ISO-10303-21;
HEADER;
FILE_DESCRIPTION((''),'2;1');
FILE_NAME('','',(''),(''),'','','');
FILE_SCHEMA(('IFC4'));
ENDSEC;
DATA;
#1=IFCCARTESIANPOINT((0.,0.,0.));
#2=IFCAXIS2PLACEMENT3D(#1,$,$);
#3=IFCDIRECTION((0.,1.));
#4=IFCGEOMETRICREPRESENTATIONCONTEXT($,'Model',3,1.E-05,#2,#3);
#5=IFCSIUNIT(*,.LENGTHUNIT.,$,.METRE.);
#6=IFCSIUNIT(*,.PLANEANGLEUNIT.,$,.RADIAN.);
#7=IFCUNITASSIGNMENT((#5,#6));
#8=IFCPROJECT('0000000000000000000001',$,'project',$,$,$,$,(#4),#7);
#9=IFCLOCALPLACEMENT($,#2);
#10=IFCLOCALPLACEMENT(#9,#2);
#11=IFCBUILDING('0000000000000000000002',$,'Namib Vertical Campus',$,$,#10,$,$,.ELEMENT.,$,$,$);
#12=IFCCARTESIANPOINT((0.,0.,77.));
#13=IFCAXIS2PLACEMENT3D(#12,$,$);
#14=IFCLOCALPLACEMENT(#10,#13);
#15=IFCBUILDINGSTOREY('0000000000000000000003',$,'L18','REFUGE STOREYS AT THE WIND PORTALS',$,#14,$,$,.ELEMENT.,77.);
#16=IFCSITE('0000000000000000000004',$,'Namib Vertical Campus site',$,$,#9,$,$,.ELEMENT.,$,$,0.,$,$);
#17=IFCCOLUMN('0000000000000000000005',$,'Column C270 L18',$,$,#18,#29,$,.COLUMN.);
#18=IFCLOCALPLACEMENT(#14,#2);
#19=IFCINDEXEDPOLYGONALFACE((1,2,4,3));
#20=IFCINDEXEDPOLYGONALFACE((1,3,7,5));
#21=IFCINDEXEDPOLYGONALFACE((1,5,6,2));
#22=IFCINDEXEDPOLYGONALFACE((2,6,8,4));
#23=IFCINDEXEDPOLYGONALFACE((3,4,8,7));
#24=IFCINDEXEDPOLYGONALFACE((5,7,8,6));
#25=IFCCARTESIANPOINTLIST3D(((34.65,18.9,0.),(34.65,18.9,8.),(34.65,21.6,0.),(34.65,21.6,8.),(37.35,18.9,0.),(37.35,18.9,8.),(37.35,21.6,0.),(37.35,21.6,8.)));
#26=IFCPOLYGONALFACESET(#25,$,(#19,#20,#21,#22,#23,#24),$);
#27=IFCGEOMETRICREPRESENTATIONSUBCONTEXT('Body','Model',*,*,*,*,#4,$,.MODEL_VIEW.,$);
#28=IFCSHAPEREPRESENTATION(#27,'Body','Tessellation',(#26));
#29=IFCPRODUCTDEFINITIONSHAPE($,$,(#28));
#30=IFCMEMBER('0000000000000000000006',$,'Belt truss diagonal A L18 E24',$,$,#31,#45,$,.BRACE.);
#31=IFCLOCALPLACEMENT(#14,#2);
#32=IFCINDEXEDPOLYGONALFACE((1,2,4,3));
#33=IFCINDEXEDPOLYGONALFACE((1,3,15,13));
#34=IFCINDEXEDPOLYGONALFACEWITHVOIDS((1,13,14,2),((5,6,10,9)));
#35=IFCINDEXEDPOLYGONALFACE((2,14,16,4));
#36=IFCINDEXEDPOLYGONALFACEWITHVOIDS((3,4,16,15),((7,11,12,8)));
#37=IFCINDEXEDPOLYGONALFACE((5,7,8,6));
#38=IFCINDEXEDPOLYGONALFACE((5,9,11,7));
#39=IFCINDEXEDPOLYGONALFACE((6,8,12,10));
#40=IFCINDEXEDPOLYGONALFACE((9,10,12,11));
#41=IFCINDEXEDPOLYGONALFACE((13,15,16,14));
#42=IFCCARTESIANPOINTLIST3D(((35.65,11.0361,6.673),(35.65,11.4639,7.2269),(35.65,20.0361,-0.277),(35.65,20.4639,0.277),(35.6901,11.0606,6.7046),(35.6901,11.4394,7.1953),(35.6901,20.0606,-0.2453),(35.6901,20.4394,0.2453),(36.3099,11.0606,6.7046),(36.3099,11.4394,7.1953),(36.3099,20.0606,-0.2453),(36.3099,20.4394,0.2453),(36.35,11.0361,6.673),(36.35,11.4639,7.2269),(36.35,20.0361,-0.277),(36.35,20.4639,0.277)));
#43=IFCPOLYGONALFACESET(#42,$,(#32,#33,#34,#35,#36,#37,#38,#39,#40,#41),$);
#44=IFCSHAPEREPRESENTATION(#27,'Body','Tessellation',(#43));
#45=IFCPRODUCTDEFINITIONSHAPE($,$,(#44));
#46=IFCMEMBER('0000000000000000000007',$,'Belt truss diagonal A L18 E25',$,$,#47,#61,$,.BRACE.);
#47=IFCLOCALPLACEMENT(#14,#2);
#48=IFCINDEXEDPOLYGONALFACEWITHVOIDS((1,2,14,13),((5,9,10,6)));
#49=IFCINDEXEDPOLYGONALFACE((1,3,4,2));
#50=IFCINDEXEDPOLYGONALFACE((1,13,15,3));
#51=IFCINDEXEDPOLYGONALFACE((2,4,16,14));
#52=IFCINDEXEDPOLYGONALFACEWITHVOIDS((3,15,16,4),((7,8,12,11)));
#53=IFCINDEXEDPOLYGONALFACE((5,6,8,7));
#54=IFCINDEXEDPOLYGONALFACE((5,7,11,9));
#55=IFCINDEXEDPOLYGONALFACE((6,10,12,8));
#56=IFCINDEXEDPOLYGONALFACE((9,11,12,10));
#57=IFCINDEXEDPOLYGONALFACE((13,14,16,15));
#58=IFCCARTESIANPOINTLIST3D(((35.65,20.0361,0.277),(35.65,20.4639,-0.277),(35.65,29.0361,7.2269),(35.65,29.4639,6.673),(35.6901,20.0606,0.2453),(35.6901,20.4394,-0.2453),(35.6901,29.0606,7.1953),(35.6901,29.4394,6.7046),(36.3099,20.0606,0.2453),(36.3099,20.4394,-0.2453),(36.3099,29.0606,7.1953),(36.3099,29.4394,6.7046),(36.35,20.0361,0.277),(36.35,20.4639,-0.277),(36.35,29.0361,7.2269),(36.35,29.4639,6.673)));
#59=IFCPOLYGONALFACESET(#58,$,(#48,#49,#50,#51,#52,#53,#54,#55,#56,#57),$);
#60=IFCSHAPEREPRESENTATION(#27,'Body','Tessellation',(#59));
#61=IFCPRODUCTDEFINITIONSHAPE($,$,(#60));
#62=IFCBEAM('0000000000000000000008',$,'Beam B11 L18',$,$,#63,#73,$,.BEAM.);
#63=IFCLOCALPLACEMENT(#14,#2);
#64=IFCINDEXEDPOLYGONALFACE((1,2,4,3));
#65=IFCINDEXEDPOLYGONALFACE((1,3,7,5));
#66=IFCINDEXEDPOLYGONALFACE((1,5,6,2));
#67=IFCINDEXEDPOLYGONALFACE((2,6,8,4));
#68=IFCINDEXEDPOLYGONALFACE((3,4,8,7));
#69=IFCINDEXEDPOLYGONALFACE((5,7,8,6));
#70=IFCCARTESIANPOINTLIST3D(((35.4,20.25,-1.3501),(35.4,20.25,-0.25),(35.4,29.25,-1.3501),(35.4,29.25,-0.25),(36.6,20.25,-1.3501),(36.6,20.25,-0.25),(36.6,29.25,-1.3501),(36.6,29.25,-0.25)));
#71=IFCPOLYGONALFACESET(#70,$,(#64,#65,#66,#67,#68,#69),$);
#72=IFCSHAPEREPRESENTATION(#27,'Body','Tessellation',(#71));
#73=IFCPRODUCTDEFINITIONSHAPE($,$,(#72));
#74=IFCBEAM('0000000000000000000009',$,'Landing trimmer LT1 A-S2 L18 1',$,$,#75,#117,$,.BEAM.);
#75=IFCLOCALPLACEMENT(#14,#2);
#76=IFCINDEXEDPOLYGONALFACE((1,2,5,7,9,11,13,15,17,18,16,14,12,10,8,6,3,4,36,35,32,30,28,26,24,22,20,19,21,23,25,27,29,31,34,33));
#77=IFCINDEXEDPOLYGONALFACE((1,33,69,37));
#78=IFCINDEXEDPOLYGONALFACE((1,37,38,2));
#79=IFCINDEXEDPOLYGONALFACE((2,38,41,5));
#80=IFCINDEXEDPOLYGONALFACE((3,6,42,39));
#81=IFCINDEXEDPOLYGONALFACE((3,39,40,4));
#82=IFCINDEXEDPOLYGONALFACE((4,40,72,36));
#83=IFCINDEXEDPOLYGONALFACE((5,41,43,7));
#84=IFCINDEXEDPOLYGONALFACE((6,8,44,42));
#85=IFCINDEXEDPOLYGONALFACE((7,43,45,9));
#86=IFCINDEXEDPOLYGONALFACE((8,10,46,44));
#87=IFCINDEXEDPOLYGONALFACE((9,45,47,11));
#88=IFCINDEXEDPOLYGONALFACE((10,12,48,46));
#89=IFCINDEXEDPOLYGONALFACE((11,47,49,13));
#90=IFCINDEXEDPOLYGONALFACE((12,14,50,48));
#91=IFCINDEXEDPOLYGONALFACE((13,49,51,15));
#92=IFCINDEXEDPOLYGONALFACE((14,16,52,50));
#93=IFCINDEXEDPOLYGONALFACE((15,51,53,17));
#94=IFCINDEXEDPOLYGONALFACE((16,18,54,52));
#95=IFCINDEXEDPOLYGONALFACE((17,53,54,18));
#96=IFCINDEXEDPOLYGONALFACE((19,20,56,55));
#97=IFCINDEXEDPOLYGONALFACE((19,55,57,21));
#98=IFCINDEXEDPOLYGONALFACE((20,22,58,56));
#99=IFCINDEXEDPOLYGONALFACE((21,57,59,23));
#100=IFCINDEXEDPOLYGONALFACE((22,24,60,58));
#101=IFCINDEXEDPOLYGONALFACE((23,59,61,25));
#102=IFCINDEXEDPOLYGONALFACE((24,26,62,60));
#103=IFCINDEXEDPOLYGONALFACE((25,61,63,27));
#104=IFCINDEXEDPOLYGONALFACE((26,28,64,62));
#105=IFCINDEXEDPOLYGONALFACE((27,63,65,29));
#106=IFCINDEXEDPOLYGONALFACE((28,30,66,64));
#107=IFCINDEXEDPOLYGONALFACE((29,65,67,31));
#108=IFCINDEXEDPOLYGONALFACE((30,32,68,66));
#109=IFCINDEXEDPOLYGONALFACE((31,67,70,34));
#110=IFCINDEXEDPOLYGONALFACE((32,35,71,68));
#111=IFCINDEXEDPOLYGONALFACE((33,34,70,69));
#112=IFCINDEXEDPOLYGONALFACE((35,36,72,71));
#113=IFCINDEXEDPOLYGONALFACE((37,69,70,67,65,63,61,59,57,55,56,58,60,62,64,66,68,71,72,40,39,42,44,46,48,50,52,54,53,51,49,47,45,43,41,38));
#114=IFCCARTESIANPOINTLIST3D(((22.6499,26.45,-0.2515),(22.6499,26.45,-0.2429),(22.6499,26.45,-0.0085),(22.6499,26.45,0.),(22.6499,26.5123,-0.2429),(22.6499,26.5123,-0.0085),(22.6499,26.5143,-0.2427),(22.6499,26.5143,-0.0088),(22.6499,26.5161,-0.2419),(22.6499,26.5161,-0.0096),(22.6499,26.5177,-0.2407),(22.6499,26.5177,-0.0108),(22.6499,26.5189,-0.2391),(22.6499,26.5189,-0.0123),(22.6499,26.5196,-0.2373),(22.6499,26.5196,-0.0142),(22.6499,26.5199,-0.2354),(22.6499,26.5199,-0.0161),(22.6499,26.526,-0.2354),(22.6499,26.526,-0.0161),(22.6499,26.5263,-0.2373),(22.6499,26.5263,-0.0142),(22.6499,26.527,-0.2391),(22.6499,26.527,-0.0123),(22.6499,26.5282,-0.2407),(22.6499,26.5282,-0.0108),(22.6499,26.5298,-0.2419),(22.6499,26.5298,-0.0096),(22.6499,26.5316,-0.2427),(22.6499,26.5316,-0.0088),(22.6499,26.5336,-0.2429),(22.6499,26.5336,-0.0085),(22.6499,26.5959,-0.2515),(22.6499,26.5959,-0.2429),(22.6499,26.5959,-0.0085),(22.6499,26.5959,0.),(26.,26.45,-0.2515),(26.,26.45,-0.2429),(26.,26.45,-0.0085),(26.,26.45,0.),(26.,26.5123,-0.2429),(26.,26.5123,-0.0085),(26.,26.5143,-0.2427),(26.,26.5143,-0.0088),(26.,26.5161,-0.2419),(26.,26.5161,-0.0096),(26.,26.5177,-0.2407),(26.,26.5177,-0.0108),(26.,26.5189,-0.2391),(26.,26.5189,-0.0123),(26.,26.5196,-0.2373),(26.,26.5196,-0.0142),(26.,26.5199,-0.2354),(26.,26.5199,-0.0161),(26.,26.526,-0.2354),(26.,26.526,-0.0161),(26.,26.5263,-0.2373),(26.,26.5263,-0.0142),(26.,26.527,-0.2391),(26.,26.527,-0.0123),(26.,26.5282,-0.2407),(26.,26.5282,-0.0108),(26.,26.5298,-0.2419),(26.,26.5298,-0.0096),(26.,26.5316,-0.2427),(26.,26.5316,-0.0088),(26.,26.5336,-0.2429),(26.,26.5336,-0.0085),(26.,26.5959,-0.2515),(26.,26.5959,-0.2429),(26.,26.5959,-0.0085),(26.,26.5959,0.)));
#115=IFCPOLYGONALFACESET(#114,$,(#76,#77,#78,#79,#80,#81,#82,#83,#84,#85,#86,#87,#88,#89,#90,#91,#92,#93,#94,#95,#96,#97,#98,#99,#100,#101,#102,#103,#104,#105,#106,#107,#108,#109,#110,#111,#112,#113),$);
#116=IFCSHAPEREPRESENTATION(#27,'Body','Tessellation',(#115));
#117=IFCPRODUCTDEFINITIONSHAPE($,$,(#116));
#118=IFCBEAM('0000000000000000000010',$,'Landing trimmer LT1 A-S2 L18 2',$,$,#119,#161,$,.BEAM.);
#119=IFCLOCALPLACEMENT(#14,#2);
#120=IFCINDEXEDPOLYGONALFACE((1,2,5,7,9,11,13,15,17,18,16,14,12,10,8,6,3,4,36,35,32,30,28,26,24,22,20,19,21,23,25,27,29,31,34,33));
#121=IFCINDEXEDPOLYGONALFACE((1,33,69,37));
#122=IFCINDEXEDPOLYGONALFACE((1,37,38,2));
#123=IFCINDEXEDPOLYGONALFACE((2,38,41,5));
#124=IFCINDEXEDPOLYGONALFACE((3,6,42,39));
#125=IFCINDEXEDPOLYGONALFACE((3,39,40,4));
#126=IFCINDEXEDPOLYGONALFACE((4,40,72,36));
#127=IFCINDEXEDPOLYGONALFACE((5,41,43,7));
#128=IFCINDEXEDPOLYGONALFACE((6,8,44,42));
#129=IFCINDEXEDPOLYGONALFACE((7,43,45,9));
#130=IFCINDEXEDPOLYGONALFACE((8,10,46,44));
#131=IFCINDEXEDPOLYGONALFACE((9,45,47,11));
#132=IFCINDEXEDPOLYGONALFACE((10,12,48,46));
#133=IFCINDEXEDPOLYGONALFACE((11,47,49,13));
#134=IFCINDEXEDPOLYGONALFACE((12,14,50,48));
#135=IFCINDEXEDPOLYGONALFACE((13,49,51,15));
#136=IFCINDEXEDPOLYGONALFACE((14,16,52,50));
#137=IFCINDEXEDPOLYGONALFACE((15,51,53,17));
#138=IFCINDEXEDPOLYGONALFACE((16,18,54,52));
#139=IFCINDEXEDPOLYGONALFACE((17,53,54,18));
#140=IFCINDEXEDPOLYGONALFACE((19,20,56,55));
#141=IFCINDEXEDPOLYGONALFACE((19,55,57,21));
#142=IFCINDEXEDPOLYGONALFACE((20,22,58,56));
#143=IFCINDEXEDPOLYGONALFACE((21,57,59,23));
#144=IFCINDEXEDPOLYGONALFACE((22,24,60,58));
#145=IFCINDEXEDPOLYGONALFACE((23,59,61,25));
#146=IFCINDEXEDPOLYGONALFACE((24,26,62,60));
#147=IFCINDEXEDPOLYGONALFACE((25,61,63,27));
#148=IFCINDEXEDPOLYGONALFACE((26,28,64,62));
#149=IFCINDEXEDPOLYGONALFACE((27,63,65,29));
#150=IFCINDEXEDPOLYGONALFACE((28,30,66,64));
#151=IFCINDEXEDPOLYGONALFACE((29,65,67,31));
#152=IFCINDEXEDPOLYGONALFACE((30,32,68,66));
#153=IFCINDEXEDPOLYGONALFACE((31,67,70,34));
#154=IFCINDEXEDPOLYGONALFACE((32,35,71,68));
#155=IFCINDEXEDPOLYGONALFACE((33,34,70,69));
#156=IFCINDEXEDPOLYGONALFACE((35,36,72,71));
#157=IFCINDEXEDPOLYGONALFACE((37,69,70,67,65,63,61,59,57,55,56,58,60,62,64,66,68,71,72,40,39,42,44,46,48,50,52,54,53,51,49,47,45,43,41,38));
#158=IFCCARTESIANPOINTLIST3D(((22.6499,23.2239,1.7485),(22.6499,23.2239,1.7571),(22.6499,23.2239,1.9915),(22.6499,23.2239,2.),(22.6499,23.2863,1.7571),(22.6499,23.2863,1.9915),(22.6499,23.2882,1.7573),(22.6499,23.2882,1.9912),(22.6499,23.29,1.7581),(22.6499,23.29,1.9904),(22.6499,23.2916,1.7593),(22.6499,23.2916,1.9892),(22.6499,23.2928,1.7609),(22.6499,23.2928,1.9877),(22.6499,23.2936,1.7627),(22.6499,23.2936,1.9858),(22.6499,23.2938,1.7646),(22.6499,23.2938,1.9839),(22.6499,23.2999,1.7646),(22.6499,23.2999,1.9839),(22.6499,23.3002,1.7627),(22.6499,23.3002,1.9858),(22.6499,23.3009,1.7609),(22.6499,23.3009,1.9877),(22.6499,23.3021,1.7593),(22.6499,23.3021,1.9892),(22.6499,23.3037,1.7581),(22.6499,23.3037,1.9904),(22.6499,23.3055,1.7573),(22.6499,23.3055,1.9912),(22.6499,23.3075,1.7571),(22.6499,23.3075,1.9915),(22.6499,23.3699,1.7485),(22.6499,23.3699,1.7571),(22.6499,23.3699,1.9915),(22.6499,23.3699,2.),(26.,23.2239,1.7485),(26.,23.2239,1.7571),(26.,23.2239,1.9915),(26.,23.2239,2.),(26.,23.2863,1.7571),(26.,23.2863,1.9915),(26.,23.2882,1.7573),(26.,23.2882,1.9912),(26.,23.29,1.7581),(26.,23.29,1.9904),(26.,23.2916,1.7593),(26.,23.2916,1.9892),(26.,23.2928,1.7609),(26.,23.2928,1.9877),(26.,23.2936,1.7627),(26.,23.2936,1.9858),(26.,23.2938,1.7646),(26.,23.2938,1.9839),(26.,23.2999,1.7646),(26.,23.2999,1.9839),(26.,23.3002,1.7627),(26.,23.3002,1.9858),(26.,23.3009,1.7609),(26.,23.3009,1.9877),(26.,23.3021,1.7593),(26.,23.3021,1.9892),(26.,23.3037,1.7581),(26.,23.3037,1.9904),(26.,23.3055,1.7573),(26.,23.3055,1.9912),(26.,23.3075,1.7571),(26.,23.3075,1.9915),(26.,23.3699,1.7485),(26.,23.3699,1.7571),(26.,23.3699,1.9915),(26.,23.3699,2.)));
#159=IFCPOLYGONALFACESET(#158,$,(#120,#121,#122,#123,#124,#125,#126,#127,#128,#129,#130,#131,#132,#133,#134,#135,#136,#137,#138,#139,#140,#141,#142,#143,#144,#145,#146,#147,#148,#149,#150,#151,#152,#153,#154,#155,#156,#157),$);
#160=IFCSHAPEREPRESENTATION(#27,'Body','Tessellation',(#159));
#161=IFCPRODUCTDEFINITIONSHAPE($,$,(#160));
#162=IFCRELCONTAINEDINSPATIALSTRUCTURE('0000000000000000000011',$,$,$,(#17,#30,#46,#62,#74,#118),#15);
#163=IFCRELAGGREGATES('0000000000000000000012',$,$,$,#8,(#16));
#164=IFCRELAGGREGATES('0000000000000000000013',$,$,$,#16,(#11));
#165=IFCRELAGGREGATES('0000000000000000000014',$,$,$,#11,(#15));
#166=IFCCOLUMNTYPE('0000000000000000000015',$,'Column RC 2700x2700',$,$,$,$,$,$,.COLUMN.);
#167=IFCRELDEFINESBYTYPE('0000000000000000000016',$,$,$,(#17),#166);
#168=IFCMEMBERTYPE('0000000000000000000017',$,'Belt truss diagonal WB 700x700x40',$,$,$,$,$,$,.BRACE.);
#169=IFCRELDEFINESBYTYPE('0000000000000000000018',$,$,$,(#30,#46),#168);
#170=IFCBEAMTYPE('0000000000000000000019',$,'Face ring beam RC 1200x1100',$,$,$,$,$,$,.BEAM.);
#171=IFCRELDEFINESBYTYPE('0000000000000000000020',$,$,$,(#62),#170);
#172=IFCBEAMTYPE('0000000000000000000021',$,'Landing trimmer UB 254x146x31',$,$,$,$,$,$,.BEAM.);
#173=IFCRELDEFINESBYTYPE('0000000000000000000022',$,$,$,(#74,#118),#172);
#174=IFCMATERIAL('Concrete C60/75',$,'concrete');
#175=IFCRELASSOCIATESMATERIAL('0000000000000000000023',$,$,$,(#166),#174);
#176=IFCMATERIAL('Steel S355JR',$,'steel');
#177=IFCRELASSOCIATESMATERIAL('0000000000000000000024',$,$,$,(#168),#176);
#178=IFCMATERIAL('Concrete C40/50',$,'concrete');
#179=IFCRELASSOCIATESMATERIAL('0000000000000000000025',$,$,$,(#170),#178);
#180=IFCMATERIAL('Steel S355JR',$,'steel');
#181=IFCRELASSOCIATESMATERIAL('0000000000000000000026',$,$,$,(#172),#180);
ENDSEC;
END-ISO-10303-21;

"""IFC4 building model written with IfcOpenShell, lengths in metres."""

from ifc_helpers import new_model, si_unit, direction, frame, origin, origin_2d, place, context, subcontext, project, spatial, rectangle, hollow_rectangle, i_section, extrude, material, material_profile, profile_set, type_object, element, save


model = new_model("IFC4")

# Units and contexts
model_context = context("Model", 3, precision=1e-05, world=origin(), true_north=direction((0.0, 1.0)))
body_context = subcontext(model_context, "Body", "Model", "MODEL_VIEW")
ifc_project = project(units=[si_unit("LENGTHUNIT", "METRE"), si_unit("PLANEANGLEUNIT", "RADIAN")], contexts=[model_context])

# Site, building, storey
site_placement = place(None, origin())
site = spatial("IfcSite", under=ifc_project, at=site_placement, Name="Namib Vertical Campus site", CompositionType="ELEMENT", RefElevation=0.0)
building_placement = place(site_placement, origin())
building = spatial("IfcBuilding", under=site, at=building_placement, Name="Namib Vertical Campus", CompositionType="ELEMENT")
storey_placement = place(building_placement, frame((0.0, 0.0, 77.0)))
storey = spatial("IfcBuildingStorey", under=building, at=storey_placement, Name="L18", Description="REFUGE STOREYS AT THE WIND PORTALS", CompositionType="ELEMENT", Elevation=77.0)

# Column
ifc_material_1 = material(Name="Concrete C60/75", Category="concrete")
ifc_material_profile_1 = material_profile(ifc_material_1, rectangle(XDim=2.7, YDim=2.7, at=origin_2d()))
ifc_profile_set_1 = profile_set([ifc_material_profile_1], Name="Concrete C60/75")
column_type = type_object("IfcColumnType", Name="Column RC 2700x2700", PredefinedType="COLUMN", material=ifc_profile_set_1)
column_placement = place(storey_placement, frame((36.0, 20.25, 0.0), z_axis=(0.0, 0.0, 1.0), x_axis=(1.0, 0.0, 0.0)))
element("IfcColumn", 1, at=column_placement, inside=storey, type_object=column_type, Name="Column C270 L18", PredefinedType="COLUMN", context=body_context, shape_type="SweptSolid", body=[
    extrude(rectangle(XDim=2.7, YDim=2.7, at=origin_2d()), origin(), (0.0, 0.0, 1.0), 8.0),
])

# Members
ifc_material_2 = material(Name="Steel S355JR", Category="steel")
ifc_material_profile_2 = material_profile(ifc_material_2, hollow_rectangle(XDim=0.7, YDim=0.7, WallThickness=0.04, at=origin_2d()))
ifc_profile_set_2 = profile_set([ifc_material_profile_2], Name="Steel S355JR")
member_type = type_object("IfcMemberType", Name="Belt truss diagonal WB 700x700x40", PredefinedType="BRACE", material=ifc_profile_set_2)
for number, where, z_axis, x_axis, name in (
    (2, (36.0, 20.25, 0.0), (0.0, -0.79148, 0.611194), (1.0, 0.0, 0.0), "Belt truss diagonal A L18 E24"),
    (3, (36.0, 20.25, 0.0), (0.0, 0.79148, 0.611194), (-1.0, 0.0, 0.0), "Belt truss diagonal A L18 E25"),
):
    element("IfcMember", number, at=place(storey_placement, frame(where, z_axis=z_axis, x_axis=x_axis)), inside=storey, type_object=member_type, Name=name, PredefinedType="BRACE", context=body_context, shape_type="SweptSolid", body=[
        extrude(hollow_rectangle(XDim=0.7, YDim=0.7, WallThickness=0.04, at=origin_2d()), origin(), (0.0, 0.0, 1.0), 11.3711),
    ])

# Beams
ifc_material_3 = material(Name="Concrete C40/50", Category="concrete")
ifc_material_profile_3 = material_profile(ifc_material_3, rectangle(XDim=1.2, YDim=1.1001, at=origin_2d()))
ifc_profile_set_3 = profile_set([ifc_material_profile_3], Name="Concrete C40/50")
beam_type_1 = type_object("IfcBeamType", Name="Face ring beam RC 1200x1100", PredefinedType="BEAM", material=ifc_profile_set_3)
beam_placement = place(storey_placement, frame((36.0, 20.25, -0.8), z_axis=(0.0, 1.0, 0.0), x_axis=(-1.0, 0.0, 0.0)))
element("IfcBeam", 4, at=beam_placement, inside=storey, type_object=beam_type_1, Name="Beam B11 L18", PredefinedType="BEAM", context=body_context, shape_type="SweptSolid", body=[
    extrude(rectangle(XDim=1.2, YDim=1.1001, at=origin_2d()), origin(), (0.0, 0.0, 1.0), 9.0),
])
ifc_material_4 = material(Name="Steel S355JR", Category="steel")
ifc_material_profile_4 = material_profile(ifc_material_4, i_section(OverallWidth=0.146, OverallDepth=0.2515, WebThickness=0.0061, FlangeThickness=0.0085, FilletRadius=0.0076, at=origin_2d()))
ifc_profile_set_4 = profile_set([ifc_material_profile_4], Name="Steel S355JR")
beam_type_2 = type_object("IfcBeamType", Name="Landing trimmer UB 254x146x31", PredefinedType="BEAM", material=ifc_profile_set_4)
for number, where, z_axis, x_axis, name in (
    (5, (22.6499, 26.5229, -0.1257), (1.0, 0.0, 0.0), (0.0, 1.0, 0.0), "Landing trimmer LT1 A-S2 L18 1"),
    (6, (22.6499, 23.2969, 1.8743), (1.0, 0.0, 0.0), (0.0, 1.0, 0.0), "Landing trimmer LT1 A-S2 L18 2"),
):
    element("IfcBeam", number, at=place(storey_placement, frame(where, z_axis=z_axis, x_axis=x_axis)), inside=storey, type_object=beam_type_2, Name=name, PredefinedType="BEAM", context=body_context, shape_type="SweptSolid", body=[
        extrude(i_section(OverallWidth=0.146, OverallDepth=0.2515, WebThickness=0.0061, FlangeThickness=0.0085, FilletRadius=0.0076, at=origin_2d()), origin(), (0.0, 0.0, 1.0), 3.3501),
    ])

save(model, "model.ifc")
